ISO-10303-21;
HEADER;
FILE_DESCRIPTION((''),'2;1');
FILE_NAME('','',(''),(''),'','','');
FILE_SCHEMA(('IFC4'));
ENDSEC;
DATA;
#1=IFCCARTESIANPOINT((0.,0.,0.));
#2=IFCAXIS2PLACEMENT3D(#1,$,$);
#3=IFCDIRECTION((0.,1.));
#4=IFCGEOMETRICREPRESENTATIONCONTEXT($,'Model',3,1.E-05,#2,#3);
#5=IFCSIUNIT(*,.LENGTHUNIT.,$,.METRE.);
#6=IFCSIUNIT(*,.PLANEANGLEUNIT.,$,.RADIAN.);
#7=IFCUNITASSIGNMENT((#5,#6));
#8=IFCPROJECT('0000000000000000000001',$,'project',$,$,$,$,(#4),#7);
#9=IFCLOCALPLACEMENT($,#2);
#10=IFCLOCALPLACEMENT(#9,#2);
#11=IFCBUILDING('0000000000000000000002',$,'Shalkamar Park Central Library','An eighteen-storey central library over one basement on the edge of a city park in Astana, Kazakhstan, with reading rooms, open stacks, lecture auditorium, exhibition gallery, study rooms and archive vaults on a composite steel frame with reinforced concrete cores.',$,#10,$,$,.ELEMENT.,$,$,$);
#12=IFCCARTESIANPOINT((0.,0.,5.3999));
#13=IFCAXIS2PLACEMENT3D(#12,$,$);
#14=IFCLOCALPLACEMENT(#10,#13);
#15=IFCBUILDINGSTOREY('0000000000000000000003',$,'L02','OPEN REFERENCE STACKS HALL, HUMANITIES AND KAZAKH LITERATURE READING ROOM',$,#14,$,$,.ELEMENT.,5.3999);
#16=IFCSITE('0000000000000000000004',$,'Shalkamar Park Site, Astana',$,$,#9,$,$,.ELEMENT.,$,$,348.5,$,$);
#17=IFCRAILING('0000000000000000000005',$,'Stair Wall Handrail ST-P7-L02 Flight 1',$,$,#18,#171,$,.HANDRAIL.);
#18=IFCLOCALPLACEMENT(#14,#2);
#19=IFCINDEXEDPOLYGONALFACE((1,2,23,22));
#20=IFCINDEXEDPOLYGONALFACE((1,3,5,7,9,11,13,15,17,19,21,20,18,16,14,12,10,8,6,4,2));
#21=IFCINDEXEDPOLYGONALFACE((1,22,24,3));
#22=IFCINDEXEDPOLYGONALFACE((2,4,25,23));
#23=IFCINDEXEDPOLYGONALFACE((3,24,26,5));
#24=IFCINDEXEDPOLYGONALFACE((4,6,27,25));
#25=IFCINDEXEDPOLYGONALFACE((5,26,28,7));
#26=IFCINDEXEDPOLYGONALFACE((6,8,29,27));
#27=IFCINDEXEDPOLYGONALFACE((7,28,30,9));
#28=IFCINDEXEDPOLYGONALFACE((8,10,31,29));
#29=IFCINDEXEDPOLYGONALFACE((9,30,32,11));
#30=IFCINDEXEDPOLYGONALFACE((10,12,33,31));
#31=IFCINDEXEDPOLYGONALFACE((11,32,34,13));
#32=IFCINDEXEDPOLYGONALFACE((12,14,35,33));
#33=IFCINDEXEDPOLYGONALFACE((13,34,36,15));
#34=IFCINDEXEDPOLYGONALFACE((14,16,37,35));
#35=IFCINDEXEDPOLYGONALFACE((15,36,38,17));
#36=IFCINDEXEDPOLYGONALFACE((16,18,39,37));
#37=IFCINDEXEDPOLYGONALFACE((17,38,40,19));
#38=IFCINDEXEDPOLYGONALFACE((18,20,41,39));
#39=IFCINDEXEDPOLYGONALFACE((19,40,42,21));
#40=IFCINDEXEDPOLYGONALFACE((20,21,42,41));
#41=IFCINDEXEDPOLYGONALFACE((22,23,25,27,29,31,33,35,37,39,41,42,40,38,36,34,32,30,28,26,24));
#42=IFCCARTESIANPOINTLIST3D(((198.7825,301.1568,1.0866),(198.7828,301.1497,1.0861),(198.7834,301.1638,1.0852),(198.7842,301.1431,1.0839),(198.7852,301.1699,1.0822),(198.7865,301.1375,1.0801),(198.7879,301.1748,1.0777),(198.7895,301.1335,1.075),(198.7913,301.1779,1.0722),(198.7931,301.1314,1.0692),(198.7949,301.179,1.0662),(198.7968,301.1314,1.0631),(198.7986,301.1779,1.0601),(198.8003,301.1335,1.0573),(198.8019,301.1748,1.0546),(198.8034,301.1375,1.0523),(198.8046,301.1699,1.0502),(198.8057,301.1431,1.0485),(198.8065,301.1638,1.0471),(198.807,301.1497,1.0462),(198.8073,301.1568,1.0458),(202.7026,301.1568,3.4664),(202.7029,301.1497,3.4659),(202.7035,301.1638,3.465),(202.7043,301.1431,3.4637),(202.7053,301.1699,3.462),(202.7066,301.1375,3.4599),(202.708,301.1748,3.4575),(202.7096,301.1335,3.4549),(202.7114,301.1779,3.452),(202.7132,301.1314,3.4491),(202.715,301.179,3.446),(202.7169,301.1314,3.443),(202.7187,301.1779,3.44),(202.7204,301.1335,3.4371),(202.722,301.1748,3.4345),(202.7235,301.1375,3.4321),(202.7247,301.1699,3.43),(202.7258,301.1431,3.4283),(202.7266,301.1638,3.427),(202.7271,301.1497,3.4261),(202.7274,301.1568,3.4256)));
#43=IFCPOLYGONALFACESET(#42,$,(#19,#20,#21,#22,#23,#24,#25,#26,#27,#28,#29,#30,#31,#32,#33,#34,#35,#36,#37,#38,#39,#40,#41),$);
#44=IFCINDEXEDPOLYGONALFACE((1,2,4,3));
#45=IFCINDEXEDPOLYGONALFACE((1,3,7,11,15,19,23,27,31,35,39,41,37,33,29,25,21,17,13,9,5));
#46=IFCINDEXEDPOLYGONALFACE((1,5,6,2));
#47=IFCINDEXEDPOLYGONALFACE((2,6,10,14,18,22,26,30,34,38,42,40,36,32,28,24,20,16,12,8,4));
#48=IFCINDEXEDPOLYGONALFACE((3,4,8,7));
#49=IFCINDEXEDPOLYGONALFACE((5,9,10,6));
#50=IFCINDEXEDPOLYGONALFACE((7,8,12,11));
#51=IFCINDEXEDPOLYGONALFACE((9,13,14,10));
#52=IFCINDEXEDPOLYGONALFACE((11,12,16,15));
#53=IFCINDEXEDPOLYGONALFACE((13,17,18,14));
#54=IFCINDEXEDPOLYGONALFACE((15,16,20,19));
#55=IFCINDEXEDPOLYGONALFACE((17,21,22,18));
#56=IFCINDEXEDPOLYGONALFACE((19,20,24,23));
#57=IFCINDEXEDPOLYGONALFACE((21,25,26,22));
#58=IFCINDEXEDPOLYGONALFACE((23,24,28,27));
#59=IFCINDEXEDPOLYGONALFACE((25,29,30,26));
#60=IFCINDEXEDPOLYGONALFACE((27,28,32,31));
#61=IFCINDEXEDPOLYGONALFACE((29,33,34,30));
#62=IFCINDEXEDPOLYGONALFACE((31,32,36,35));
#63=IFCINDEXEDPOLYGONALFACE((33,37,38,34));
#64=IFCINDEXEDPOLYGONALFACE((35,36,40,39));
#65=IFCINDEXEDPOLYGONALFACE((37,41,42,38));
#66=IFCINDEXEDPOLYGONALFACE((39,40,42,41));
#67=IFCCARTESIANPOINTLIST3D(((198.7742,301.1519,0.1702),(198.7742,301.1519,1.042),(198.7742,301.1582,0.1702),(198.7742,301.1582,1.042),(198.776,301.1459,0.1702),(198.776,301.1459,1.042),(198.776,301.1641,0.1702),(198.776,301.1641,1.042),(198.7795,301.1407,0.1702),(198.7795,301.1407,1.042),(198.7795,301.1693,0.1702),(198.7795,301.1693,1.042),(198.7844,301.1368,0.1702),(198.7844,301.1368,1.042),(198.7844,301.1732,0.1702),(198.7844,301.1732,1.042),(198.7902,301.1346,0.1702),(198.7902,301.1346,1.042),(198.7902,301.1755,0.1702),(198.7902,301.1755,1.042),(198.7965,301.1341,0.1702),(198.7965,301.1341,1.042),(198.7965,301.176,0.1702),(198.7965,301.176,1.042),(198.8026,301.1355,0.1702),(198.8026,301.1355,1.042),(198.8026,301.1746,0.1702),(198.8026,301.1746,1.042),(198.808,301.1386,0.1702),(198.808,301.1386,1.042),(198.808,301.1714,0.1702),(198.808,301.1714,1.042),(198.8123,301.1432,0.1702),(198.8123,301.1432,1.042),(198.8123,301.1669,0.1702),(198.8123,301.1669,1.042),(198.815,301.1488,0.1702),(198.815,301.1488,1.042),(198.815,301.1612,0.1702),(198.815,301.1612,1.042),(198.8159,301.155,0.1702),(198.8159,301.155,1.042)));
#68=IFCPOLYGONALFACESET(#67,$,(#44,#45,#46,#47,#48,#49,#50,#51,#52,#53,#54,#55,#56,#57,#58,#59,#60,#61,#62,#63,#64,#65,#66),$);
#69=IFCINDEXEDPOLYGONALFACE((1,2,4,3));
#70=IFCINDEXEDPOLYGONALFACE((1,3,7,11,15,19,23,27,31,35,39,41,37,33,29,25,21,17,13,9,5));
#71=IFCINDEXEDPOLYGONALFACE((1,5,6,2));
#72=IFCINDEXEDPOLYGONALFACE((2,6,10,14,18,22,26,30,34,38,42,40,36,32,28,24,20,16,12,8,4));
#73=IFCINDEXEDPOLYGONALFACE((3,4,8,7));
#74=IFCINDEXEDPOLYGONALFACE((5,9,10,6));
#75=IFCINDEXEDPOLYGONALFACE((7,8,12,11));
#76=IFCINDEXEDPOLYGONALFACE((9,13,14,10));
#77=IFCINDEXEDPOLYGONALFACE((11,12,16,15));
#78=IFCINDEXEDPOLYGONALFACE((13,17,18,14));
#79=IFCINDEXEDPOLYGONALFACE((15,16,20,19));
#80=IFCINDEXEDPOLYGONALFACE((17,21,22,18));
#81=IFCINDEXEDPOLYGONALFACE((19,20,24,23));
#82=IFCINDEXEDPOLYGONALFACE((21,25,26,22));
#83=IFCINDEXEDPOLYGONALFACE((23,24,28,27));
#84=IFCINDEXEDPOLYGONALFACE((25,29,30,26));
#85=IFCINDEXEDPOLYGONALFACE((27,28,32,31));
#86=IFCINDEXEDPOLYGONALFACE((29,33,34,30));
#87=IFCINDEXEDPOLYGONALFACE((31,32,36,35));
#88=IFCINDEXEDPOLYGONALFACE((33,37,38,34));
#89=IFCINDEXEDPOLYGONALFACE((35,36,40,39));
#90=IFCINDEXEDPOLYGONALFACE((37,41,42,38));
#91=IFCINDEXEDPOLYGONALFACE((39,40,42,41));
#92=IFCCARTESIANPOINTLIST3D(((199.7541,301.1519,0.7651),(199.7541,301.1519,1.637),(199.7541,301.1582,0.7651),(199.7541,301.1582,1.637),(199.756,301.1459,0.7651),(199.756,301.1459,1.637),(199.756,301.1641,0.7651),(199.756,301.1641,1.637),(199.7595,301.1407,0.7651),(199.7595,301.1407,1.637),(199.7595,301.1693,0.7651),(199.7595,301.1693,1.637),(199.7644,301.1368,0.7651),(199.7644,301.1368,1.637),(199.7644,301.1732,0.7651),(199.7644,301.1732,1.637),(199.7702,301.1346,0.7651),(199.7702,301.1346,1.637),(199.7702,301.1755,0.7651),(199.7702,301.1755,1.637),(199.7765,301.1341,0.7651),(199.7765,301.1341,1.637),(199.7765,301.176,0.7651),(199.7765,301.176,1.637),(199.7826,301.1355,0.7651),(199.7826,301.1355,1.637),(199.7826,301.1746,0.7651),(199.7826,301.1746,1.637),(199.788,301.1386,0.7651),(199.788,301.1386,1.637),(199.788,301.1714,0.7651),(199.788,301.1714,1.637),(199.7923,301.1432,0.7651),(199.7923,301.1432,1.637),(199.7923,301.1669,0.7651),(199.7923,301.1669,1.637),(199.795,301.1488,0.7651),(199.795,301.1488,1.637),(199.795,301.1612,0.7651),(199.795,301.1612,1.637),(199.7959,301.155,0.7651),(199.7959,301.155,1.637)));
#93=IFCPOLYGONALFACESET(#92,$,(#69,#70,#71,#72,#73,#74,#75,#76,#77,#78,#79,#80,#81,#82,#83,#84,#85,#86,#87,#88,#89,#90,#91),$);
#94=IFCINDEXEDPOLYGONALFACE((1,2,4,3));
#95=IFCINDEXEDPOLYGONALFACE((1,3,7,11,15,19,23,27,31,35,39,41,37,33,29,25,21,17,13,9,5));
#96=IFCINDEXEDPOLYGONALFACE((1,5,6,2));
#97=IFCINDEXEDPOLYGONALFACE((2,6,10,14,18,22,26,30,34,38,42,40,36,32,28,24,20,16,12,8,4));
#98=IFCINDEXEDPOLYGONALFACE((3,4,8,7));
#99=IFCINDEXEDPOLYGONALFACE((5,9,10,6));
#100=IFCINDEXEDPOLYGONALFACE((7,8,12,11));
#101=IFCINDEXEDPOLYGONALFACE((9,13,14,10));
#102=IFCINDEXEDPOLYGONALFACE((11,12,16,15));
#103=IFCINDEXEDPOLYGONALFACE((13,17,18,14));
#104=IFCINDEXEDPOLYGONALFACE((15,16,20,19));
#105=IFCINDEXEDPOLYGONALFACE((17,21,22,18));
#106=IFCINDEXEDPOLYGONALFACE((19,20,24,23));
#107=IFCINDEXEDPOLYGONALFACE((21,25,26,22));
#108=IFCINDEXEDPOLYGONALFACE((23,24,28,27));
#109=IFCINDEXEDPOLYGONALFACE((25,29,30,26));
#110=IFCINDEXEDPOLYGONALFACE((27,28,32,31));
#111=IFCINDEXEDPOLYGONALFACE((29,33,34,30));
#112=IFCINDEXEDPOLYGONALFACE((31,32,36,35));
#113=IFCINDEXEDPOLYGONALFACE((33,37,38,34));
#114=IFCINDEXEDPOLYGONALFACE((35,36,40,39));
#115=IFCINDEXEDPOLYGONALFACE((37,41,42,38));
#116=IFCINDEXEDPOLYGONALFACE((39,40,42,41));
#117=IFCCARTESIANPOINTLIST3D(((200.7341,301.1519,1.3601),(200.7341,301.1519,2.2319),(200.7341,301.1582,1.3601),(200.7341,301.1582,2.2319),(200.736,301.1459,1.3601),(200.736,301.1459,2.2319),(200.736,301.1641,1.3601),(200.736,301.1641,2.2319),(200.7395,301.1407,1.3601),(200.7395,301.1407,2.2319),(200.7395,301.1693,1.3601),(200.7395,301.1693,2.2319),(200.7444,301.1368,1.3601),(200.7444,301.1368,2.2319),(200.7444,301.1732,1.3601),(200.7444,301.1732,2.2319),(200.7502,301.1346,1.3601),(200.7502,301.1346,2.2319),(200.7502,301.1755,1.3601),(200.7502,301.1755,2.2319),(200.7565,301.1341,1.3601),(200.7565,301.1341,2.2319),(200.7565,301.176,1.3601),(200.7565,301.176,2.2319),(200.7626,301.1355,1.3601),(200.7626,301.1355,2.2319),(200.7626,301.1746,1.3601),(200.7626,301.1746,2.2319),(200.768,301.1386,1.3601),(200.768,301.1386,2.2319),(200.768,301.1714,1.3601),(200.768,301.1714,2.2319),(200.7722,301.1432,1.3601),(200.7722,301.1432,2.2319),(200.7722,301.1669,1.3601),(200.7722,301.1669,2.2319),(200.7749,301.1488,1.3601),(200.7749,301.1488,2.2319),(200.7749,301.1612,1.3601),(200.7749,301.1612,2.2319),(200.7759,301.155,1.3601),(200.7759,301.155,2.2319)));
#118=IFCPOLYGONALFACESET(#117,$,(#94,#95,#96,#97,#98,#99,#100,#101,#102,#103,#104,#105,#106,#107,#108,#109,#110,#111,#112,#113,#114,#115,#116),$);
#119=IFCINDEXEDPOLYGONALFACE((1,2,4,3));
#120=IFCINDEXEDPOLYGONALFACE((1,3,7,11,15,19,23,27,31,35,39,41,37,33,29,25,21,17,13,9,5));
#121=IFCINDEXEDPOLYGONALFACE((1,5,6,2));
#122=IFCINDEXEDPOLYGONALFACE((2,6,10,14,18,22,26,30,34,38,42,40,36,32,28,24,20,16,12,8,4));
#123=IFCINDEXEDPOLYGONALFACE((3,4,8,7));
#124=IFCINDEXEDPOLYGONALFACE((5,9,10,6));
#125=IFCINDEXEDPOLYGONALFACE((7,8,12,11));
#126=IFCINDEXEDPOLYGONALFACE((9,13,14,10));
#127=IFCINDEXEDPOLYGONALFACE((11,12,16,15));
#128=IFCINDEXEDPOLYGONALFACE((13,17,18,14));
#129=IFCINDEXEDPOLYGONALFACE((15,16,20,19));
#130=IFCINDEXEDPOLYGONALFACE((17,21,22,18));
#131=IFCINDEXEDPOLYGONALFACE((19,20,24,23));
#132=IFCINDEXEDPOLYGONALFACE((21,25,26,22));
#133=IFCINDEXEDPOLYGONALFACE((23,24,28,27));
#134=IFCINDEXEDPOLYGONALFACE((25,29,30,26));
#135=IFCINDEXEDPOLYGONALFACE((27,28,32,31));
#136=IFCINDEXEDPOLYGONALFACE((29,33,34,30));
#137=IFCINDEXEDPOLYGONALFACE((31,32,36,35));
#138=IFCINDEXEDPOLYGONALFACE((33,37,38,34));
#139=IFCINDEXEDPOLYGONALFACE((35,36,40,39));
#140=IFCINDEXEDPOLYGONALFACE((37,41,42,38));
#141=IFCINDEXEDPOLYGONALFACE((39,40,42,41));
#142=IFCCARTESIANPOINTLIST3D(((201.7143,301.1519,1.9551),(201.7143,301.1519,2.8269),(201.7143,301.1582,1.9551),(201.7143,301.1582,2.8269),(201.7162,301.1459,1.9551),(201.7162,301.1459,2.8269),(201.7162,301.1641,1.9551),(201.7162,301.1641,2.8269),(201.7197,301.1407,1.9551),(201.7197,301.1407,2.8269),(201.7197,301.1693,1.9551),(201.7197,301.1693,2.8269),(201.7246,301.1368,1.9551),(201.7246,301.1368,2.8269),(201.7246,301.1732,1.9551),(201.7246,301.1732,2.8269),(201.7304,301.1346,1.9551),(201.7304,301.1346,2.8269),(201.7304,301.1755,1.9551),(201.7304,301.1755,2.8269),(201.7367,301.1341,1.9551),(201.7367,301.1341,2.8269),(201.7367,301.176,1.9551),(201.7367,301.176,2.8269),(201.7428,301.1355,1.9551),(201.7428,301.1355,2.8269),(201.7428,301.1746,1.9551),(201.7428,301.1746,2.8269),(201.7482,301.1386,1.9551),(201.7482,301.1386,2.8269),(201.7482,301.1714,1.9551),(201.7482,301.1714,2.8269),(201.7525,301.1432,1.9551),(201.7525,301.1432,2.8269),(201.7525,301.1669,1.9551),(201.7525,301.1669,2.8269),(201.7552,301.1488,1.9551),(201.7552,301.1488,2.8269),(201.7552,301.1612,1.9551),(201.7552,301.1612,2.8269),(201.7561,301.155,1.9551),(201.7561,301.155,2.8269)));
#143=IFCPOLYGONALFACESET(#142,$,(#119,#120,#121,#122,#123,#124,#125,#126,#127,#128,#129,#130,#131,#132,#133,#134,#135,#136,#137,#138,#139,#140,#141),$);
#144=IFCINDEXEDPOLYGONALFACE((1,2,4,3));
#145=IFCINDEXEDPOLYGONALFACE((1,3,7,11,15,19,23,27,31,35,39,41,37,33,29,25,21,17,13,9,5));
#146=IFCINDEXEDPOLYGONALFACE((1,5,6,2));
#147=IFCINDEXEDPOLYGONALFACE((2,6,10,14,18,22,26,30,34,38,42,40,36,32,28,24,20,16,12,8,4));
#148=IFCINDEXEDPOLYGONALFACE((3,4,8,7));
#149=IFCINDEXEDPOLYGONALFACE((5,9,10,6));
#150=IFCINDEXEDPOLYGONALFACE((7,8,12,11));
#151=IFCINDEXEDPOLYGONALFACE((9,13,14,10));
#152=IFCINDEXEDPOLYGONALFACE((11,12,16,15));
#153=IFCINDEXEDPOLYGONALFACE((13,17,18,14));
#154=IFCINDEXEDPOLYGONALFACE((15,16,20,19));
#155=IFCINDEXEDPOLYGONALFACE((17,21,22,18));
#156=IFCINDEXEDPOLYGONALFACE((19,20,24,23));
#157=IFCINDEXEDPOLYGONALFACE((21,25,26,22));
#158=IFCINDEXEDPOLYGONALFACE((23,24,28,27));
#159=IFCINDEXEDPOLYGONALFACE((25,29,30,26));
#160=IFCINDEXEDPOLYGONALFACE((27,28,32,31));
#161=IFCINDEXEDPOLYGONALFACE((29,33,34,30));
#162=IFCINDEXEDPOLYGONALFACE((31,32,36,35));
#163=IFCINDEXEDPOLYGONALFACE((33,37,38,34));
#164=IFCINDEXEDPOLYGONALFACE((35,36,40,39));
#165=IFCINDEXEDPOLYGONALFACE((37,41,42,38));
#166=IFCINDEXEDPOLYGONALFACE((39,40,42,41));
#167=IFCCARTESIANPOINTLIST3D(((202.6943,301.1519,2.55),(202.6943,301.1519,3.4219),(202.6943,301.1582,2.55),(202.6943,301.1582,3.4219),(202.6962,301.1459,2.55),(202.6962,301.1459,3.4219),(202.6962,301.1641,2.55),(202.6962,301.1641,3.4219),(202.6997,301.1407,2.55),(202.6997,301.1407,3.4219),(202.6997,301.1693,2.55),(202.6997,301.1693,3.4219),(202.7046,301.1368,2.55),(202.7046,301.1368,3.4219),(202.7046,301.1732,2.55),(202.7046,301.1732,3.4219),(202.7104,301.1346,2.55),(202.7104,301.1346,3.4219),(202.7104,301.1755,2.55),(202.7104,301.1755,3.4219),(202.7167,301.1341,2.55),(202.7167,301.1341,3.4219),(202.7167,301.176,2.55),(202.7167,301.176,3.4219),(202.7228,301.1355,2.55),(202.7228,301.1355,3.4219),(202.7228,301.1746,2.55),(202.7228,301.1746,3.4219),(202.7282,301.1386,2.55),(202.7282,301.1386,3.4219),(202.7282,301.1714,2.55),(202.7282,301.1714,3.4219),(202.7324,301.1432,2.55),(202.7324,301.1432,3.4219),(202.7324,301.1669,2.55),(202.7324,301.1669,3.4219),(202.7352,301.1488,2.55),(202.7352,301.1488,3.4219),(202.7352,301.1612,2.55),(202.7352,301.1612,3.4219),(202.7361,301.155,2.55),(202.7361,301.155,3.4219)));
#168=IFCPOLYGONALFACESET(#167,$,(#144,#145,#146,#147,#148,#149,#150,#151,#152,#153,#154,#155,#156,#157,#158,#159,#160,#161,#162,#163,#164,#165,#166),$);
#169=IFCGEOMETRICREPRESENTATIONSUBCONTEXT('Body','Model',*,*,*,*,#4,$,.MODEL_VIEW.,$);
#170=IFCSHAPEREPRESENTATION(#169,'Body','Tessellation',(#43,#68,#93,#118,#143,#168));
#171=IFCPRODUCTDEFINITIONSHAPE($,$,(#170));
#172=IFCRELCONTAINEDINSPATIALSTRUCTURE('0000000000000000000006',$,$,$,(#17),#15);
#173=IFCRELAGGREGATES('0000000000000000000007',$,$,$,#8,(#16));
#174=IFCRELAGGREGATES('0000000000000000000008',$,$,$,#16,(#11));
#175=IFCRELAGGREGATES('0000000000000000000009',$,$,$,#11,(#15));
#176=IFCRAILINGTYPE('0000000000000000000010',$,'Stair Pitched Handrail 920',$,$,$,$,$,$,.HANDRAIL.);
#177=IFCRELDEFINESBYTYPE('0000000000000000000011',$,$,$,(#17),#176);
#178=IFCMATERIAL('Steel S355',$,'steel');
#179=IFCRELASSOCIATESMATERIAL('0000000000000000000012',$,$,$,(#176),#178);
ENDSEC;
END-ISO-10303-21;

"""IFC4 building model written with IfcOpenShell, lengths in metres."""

from ifc_helpers import new_model, si_unit, direction, frame, origin, origin_2d, place, context, subcontext, project, spatial, circle, extrude, material, type_object, element, save


model = new_model("IFC4")

# Units and contexts
model_context = context("Model", 3, precision=1e-05, world=origin(), true_north=direction((0.0, 1.0)))
body_context = subcontext(model_context, "Body", "Model", "MODEL_VIEW")
ifc_project = project(units=[si_unit("LENGTHUNIT", "METRE"), si_unit("PLANEANGLEUNIT", "RADIAN")], contexts=[model_context])

# Site, building, storey
site_placement = place(None, origin())
site = spatial("IfcSite", under=ifc_project, at=site_placement, Name="Shalkamar Park Site, Astana", CompositionType="ELEMENT", RefElevation=348.5)
building_placement = place(site_placement, origin())
building = spatial("IfcBuilding", under=site, at=building_placement, Name="Shalkamar Park Central Library", Description="An eighteen-storey central library over one basement on the edge of a city park in Astana, Kazakhstan, with reading rooms, open stacks, lecture auditorium, exhibition gallery, study rooms and archive vaults on a composite steel frame with reinforced concrete cores.", CompositionType="ELEMENT")
storey_placement = place(building_placement, frame((0.0, 0.0, 5.3999)))
storey = spatial("IfcBuildingStorey", under=building, at=storey_placement, Name="L02", Description="OPEN REFERENCE STACKS HALL, HUMANITIES AND KAZAKH LITERATURE READING ROOM", CompositionType="ELEMENT", Elevation=5.3999)

# Shared definitions
ifc_material_1 = material(Name="Steel S355", Category="steel")

# Railing
railing_type_1 = type_object("IfcRailingType", Name="Stair Pitched Handrail 920", PredefinedType="HANDRAIL", material=ifc_material_1)
railing_1_placement = place(storey_placement, frame((198.7949, 301.155, 0.1702)))
element("IfcRailing", 1, at=railing_1_placement, inside=storey, type_object=railing_type_1, Name="Stair Wall Handrail ST-P7-L02 Flight 1", PredefinedType="HANDRAIL", context=body_context, shape_type="SweptSolid", body=[
    extrude(circle(Radius=0.0239, at=origin_2d()), frame((0.0, 0.0, 0.896), z_axis=(0.854809, 0.0, 0.518943), x_axis=(0.0, 1.0, 0.0)), (0.0, 0.0, 1.0), 4.5859),
    extrude(circle(Radius=0.021, at=origin_2d()), origin(), (0.0, 0.0, 1.0), 0.8718),
    extrude(circle(Radius=0.021, at=origin_2d()), frame((0.98, 0.0, 0.595)), (0.0, 0.0, 1.0), 0.8718),
    extrude(circle(Radius=0.021, at=origin_2d()), frame((1.96, 0.0, 1.1899)), (0.0, 0.0, 1.0), 0.8718),
    extrude(circle(Radius=0.021, at=origin_2d()), frame((2.9402, 0.0, 1.7849)), (0.0, 0.0, 1.0), 0.8718),
    extrude(circle(Radius=0.021, at=origin_2d()), frame((3.9202, 0.0, 2.3799)), (0.0, 0.0, 1.0), 0.8718),
])

save(model, "model.ifc")
